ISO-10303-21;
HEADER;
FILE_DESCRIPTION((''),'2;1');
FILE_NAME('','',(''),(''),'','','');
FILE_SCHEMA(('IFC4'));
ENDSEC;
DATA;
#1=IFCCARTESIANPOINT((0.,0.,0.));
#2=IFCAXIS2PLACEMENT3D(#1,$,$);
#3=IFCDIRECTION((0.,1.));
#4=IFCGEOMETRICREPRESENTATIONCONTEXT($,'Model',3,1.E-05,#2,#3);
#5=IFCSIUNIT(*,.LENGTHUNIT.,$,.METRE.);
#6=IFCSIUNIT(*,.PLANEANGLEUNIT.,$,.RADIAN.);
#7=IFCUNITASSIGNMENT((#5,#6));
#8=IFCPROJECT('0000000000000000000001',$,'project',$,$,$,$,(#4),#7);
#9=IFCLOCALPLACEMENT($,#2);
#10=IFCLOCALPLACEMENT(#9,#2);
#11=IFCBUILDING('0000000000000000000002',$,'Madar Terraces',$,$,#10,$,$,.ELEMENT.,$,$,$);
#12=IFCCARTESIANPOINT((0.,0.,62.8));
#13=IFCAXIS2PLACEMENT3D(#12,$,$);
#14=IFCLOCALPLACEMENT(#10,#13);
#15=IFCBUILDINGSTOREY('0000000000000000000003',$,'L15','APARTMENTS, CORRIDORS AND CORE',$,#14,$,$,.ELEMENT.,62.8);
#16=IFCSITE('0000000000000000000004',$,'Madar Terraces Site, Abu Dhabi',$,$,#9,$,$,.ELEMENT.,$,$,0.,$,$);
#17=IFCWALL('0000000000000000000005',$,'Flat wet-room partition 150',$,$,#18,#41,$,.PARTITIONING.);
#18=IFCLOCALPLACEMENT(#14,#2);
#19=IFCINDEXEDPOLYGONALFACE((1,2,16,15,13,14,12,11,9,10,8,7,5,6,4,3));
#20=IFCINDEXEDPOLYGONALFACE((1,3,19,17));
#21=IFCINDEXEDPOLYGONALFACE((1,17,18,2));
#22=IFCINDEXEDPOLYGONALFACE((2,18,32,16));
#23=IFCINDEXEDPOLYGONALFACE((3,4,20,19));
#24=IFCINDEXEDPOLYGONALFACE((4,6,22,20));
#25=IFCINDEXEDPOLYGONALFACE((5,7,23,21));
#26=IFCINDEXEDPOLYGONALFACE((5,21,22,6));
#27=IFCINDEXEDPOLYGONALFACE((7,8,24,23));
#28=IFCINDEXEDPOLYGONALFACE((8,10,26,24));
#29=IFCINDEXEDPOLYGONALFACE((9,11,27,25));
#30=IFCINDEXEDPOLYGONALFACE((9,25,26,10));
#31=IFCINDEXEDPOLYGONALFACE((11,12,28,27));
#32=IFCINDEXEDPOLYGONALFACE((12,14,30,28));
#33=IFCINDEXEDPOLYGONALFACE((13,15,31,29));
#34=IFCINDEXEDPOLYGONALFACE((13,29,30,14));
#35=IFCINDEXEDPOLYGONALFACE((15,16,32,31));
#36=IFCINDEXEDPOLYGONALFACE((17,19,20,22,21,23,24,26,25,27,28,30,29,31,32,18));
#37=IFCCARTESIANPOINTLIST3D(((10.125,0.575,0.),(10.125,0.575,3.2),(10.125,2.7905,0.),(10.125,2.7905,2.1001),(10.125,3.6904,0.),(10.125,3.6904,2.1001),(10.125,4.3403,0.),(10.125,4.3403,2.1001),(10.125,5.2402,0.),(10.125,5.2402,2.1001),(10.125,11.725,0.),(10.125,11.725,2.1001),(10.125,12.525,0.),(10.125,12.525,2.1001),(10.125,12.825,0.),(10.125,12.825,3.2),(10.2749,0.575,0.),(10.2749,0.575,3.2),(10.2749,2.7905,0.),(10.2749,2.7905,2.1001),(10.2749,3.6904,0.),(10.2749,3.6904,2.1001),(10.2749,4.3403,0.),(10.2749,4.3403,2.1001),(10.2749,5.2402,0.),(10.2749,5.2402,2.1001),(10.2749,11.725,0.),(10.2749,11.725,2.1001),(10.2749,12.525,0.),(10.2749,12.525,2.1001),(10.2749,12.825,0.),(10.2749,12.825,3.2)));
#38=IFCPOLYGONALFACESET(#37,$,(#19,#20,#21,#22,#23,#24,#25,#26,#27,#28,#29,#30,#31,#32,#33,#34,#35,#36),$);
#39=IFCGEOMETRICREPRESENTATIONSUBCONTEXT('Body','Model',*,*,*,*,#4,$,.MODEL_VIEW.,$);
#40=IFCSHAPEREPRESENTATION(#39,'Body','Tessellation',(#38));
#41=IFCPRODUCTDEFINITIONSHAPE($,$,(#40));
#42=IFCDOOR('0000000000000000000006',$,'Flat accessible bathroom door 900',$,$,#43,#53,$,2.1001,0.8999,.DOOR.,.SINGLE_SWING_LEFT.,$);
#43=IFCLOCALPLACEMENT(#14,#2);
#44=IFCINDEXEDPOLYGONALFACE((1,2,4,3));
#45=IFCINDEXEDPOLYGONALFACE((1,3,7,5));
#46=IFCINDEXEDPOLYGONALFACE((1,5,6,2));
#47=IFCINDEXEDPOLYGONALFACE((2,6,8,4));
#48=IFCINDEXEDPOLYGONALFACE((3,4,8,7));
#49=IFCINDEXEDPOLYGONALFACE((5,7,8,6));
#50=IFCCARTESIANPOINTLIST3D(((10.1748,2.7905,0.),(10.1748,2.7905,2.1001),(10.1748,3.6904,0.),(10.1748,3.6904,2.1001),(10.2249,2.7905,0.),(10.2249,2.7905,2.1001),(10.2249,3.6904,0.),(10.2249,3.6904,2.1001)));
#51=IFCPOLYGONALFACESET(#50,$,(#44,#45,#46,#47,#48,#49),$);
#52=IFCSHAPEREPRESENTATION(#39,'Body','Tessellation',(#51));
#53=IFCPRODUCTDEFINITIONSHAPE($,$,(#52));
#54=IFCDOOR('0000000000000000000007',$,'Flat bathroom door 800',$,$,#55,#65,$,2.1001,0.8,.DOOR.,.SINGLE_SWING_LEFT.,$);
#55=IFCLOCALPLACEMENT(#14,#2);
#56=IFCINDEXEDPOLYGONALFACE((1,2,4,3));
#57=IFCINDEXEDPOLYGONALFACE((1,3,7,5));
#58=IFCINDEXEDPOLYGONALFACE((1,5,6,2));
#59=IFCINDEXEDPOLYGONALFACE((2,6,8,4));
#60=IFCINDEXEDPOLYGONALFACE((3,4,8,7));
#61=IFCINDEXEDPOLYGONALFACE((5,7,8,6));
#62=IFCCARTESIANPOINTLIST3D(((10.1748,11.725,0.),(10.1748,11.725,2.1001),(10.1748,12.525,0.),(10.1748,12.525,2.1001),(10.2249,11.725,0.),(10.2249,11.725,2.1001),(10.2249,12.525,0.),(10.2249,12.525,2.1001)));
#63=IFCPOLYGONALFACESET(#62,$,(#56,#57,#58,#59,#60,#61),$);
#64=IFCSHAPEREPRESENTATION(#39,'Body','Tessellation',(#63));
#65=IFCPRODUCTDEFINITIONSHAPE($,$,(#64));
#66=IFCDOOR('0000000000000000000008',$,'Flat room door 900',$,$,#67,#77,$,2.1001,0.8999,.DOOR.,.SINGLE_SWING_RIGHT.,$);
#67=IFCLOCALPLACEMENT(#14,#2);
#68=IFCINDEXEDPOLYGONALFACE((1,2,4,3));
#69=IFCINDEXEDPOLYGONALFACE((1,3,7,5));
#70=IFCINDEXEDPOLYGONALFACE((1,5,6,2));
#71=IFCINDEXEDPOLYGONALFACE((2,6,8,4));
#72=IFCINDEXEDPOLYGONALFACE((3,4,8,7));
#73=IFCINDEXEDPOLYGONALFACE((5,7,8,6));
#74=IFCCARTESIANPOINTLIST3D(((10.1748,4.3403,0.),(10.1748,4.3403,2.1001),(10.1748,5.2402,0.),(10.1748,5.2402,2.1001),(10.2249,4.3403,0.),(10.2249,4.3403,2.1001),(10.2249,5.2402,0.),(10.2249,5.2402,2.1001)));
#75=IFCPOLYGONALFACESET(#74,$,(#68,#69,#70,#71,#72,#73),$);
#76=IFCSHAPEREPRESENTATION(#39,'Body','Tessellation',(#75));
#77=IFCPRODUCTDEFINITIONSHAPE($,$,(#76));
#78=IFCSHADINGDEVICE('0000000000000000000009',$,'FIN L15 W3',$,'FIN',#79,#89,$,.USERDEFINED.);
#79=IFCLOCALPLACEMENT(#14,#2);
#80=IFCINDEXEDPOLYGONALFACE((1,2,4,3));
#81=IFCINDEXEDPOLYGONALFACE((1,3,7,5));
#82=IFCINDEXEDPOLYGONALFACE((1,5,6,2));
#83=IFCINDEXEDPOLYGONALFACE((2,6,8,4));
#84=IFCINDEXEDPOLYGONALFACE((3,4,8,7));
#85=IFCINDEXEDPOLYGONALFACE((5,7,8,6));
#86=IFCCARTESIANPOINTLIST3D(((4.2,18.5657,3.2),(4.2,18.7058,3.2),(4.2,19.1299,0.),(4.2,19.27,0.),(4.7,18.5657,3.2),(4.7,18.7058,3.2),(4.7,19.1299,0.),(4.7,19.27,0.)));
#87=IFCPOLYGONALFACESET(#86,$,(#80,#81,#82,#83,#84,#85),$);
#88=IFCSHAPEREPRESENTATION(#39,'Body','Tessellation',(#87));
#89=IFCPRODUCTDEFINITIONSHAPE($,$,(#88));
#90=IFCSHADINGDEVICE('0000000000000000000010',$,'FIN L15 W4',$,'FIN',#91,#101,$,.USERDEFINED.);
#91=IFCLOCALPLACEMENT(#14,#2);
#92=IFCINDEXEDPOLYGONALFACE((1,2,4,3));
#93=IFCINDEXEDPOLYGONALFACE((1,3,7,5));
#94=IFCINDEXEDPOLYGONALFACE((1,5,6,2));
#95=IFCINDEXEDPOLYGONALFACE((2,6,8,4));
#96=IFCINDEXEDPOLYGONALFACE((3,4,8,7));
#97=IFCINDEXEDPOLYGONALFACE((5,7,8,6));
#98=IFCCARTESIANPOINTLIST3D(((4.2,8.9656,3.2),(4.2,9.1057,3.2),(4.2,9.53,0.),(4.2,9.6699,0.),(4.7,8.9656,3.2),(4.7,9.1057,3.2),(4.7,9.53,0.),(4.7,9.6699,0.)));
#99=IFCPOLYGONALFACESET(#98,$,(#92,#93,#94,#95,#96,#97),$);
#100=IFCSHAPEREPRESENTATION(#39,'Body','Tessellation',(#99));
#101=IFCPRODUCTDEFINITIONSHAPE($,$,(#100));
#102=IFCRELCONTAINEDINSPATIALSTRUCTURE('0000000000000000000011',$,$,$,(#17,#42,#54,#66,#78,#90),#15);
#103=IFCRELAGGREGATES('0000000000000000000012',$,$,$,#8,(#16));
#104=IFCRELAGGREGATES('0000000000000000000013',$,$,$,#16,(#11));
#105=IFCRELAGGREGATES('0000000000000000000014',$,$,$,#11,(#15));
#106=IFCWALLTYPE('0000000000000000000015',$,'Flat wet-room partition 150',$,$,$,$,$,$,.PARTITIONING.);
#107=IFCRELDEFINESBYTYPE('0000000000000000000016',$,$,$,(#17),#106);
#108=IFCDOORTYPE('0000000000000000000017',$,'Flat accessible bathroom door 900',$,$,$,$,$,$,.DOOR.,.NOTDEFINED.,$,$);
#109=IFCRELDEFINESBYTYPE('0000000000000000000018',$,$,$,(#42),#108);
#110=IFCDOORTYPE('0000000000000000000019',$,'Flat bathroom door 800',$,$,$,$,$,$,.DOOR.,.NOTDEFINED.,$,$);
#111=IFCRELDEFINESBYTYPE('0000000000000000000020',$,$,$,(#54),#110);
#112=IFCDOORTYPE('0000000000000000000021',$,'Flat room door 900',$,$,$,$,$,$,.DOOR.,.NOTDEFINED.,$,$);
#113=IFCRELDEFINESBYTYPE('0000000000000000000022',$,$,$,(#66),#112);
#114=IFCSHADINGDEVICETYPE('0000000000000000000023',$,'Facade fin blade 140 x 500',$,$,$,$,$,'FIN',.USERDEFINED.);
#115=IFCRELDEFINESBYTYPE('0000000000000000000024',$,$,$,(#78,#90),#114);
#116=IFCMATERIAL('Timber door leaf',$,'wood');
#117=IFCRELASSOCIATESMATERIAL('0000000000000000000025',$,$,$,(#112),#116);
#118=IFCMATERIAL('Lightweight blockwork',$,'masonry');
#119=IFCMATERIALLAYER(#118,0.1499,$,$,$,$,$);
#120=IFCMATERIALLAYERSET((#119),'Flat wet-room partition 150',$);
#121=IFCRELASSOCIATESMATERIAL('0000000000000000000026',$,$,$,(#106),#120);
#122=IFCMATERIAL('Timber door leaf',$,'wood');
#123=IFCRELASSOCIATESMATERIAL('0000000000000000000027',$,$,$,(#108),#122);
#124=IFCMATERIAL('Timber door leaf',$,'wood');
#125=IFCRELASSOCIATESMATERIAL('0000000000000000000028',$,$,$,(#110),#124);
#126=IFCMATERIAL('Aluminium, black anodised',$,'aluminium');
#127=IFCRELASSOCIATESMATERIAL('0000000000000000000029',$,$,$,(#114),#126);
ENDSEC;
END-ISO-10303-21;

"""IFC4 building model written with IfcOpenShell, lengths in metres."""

from ifc_helpers import new_model, si_unit, direction, frame, frame_2d, origin, place, context, subcontext, project, spatial, polyline, rectangle, outline, extrude, material, layer, layer_set, type_object, element, fill, save


model = new_model("IFC4")

# Units and contexts
model_context = context("Model", 3, precision=1e-05, world=origin(), true_north=direction((0.0, 1.0)))
body_context = subcontext(model_context, "Body", "Model", "MODEL_VIEW")
ifc_project = project(units=[si_unit("LENGTHUNIT", "METRE"), si_unit("PLANEANGLEUNIT", "RADIAN")], contexts=[model_context])

# Site, building, storey
site_placement = place(None, origin())
site = spatial("IfcSite", under=ifc_project, at=site_placement, Name="Madar Terraces Site, Abu Dhabi", CompositionType="ELEMENT", RefElevation=0.0)
building_placement = place(site_placement, origin())
building = spatial("IfcBuilding", under=site, at=building_placement, Name="Madar Terraces", CompositionType="ELEMENT")
storey_placement = place(building_placement, frame((0.0, 0.0, 62.8)))
storey = spatial("IfcBuildingStorey", under=building, at=storey_placement, Name="L15", Description="APARTMENTS, CORRIDORS AND CORE", CompositionType="ELEMENT", Elevation=62.8)

# Shared definitions
ifc_material_1 = material(Name="Timber door leaf", Category="wood")
door_type_1 = type_object("IfcDoorType", Name="Flat room door 900", OperationType="NOTDEFINED", PredefinedType="DOOR", material=ifc_material_1)

# Shared definitions
ifc_material_2 = material(Name="Lightweight blockwork", Category="masonry")
ifc_layer_1 = layer(ifc_material_2, 0.1499)
ifc_layer_set_1 = layer_set([ifc_layer_1], Name="Flat wet-room partition 150")
wall_type_1 = type_object("IfcWallType", Name="Flat wet-room partition 150", PredefinedType="PARTITIONING", material=ifc_layer_set_1)

# Wall, openings, doors
wall_1_placement = place(storey_placement, frame((10.2, 12.825, 0.0), z_axis=(0.0, 0.0, 1.0), x_axis=(0.0, -1.0, 0.0)))
wall_1 = element("IfcWall", 1, at=wall_1_placement, inside=storey, type_object=wall_type_1, Name="Flat wet-room partition 150", PredefinedType="PARTITIONING", context=body_context, shape_type="SweptSolid", body=[
    extrude(rectangle(XDim=12.25, YDim=0.1499, at=frame_2d((6.125, 0.0))), origin(), (0.0, 0.0, 1.0), 3.2),
])
opening_1_placement = place(wall_1_placement, frame((0.3, 0.0, 0.0)))
opening_1 = element("IfcOpeningElement", 2, at=opening_1_placement, cuts=wall_1, PredefinedType="OPENING", context=body_context, shape_type="SweptSolid", body=[
    extrude(rectangle(XDim=0.8, YDim=2.1001, at=frame_2d((0.3999, 1.05))), frame((0.0, 0.085, 0.0), z_axis=(0.0, -1.0, 0.0), x_axis=(1.0, 0.0, 0.0)), (0.0, 0.0, 1.0), 0.1699),
])
opening_2_placement = place(wall_1_placement, frame((7.5847, 0.0, 0.0)))
opening_2 = element("IfcOpeningElement", 3, at=opening_2_placement, cuts=wall_1, PredefinedType="OPENING", context=body_context, shape_type="SweptSolid", body=[
    extrude(rectangle(XDim=0.8999, YDim=2.1001, at=frame_2d((0.45, 1.05))), frame((0.0, 0.085, 0.0), z_axis=(0.0, -1.0, 0.0), x_axis=(1.0, 0.0, 0.0)), (0.0, 0.0, 1.0), 0.1699),
])
opening_3_placement = place(wall_1_placement, frame((9.1345, 0.0, 0.0)))
opening_3 = element("IfcOpeningElement", 4, at=opening_3_placement, cuts=wall_1, PredefinedType="OPENING", context=body_context, shape_type="SweptSolid", body=[
    extrude(rectangle(XDim=0.8999, YDim=2.1001, at=frame_2d((0.45, 1.05))), frame((0.0, 0.085, 0.0), z_axis=(0.0, -1.0, 0.0), x_axis=(1.0, 0.0, 0.0)), (0.0, 0.0, 1.0), 0.1699),
])
ifc_material_3 = material(Name="Timber door leaf", Category="wood")
door_type_2 = type_object("IfcDoorType", Name="Flat accessible bathroom door 900", OperationType="NOTDEFINED", PredefinedType="DOOR", material=ifc_material_3)
door_1_placement = place(opening_3_placement, origin())
door_1 = element("IfcDoor", 5, at=door_1_placement, inside=storey, type_object=door_type_2, Name="Flat accessible bathroom door 900", OperationType="SINGLE_SWING_LEFT", OverallHeight=2.1001, OverallWidth=0.8999, PredefinedType="DOOR", context=body_context, shape_type="SweptSolid", body=[
    extrude(rectangle(XDim=0.8999, YDim=2.1001, at=frame_2d((0.45, 1.05))), frame((0.0, 0.0249, 0.0), z_axis=(0.0, -1.0, 0.0), x_axis=(1.0, 0.0, 0.0)), (0.0, 0.0, 1.0), 0.05),
])
fill(opening_3, door_1)
ifc_material_4 = material(Name="Timber door leaf", Category="wood")
door_type_3 = type_object("IfcDoorType", Name="Flat bathroom door 800", OperationType="NOTDEFINED", PredefinedType="DOOR", material=ifc_material_4)
door_2_placement = place(opening_1_placement, origin())
door_2 = element("IfcDoor", 6, at=door_2_placement, inside=storey, type_object=door_type_3, Name="Flat bathroom door 800", OperationType="SINGLE_SWING_LEFT", OverallHeight=2.1001, OverallWidth=0.8, PredefinedType="DOOR", context=body_context, shape_type="SweptSolid", body=[
    extrude(rectangle(XDim=0.8, YDim=2.1001, at=frame_2d((0.3999, 1.05))), frame((0.0, 0.0249, 0.0), z_axis=(0.0, -1.0, 0.0), x_axis=(1.0, 0.0, 0.0)), (0.0, 0.0, 1.0), 0.05),
])
fill(opening_1, door_2)
door_3_placement = place(opening_2_placement, origin())
door_3 = element("IfcDoor", 7, at=door_3_placement, inside=storey, type_object=door_type_1, Name="Flat room door 900", OperationType="SINGLE_SWING_RIGHT", OverallHeight=2.1001, OverallWidth=0.8999, PredefinedType="DOOR", context=body_context, shape_type="SweptSolid", body=[
    extrude(rectangle(XDim=0.8999, YDim=2.1001, at=frame_2d((0.45, 1.05))), frame((0.0, 0.0249, 0.0), z_axis=(0.0, -1.0, 0.0), x_axis=(1.0, 0.0, 0.0)), (0.0, 0.0, 1.0), 0.05),
])
fill(opening_2, door_3)

# Shading devices
ifc_material_5 = material(Name="Aluminium, black anodised", Category="aluminium")
shading_device_type = type_object("IfcShadingDeviceType", Name="Facade fin blade 140 x 500", ElementType="FIN", PredefinedType="USERDEFINED", material=ifc_material_5)
shading_device_1_placement = place(storey_placement, frame((4.45, 19.27, 0.0), z_axis=(0.0, 0.0, 1.0), x_axis=(0.0, -1.0, 0.0)))
element("IfcShadingDevice", 8, at=shading_device_1_placement, inside=storey, type_object=shading_device_type, Name="FIN L15 W3", ObjectType="FIN", PredefinedType="USERDEFINED", context=body_context, shape_type="SweptSolid", body=[
    extrude(outline(polyline([(0.0, 0.0), (0.1401, 0.0), (0.7043, 3.2), (0.5642, 3.2), (0.0, 0.0)])), frame((0.0, 0.25, 0.0), z_axis=(0.0, -1.0, 0.0), x_axis=(1.0, 0.0, 0.0)), (0.0, 0.0, 1.0), 0.5),
])
shading_device_2_placement = place(storey_placement, frame((4.45, 9.6699, 0.0), z_axis=(0.0, 0.0, 1.0), x_axis=(0.0, -1.0, 0.0)))
element("IfcShadingDevice", 9, at=shading_device_2_placement, inside=storey, type_object=shading_device_type, Name="FIN L15 W4", ObjectType="FIN", PredefinedType="USERDEFINED", context=body_context, shape_type="SweptSolid", body=[
    extrude(outline(polyline([(0.0, 0.0), (0.1399, 0.0), (0.7043, 3.2), (0.5642, 3.2), (0.0, 0.0)])), frame((0.0, 0.25, 0.0), z_axis=(0.0, -1.0, 0.0), x_axis=(1.0, 0.0, 0.0)), (0.0, 0.0, 1.0), 0.5),
])

save(model, "model.ifc")
